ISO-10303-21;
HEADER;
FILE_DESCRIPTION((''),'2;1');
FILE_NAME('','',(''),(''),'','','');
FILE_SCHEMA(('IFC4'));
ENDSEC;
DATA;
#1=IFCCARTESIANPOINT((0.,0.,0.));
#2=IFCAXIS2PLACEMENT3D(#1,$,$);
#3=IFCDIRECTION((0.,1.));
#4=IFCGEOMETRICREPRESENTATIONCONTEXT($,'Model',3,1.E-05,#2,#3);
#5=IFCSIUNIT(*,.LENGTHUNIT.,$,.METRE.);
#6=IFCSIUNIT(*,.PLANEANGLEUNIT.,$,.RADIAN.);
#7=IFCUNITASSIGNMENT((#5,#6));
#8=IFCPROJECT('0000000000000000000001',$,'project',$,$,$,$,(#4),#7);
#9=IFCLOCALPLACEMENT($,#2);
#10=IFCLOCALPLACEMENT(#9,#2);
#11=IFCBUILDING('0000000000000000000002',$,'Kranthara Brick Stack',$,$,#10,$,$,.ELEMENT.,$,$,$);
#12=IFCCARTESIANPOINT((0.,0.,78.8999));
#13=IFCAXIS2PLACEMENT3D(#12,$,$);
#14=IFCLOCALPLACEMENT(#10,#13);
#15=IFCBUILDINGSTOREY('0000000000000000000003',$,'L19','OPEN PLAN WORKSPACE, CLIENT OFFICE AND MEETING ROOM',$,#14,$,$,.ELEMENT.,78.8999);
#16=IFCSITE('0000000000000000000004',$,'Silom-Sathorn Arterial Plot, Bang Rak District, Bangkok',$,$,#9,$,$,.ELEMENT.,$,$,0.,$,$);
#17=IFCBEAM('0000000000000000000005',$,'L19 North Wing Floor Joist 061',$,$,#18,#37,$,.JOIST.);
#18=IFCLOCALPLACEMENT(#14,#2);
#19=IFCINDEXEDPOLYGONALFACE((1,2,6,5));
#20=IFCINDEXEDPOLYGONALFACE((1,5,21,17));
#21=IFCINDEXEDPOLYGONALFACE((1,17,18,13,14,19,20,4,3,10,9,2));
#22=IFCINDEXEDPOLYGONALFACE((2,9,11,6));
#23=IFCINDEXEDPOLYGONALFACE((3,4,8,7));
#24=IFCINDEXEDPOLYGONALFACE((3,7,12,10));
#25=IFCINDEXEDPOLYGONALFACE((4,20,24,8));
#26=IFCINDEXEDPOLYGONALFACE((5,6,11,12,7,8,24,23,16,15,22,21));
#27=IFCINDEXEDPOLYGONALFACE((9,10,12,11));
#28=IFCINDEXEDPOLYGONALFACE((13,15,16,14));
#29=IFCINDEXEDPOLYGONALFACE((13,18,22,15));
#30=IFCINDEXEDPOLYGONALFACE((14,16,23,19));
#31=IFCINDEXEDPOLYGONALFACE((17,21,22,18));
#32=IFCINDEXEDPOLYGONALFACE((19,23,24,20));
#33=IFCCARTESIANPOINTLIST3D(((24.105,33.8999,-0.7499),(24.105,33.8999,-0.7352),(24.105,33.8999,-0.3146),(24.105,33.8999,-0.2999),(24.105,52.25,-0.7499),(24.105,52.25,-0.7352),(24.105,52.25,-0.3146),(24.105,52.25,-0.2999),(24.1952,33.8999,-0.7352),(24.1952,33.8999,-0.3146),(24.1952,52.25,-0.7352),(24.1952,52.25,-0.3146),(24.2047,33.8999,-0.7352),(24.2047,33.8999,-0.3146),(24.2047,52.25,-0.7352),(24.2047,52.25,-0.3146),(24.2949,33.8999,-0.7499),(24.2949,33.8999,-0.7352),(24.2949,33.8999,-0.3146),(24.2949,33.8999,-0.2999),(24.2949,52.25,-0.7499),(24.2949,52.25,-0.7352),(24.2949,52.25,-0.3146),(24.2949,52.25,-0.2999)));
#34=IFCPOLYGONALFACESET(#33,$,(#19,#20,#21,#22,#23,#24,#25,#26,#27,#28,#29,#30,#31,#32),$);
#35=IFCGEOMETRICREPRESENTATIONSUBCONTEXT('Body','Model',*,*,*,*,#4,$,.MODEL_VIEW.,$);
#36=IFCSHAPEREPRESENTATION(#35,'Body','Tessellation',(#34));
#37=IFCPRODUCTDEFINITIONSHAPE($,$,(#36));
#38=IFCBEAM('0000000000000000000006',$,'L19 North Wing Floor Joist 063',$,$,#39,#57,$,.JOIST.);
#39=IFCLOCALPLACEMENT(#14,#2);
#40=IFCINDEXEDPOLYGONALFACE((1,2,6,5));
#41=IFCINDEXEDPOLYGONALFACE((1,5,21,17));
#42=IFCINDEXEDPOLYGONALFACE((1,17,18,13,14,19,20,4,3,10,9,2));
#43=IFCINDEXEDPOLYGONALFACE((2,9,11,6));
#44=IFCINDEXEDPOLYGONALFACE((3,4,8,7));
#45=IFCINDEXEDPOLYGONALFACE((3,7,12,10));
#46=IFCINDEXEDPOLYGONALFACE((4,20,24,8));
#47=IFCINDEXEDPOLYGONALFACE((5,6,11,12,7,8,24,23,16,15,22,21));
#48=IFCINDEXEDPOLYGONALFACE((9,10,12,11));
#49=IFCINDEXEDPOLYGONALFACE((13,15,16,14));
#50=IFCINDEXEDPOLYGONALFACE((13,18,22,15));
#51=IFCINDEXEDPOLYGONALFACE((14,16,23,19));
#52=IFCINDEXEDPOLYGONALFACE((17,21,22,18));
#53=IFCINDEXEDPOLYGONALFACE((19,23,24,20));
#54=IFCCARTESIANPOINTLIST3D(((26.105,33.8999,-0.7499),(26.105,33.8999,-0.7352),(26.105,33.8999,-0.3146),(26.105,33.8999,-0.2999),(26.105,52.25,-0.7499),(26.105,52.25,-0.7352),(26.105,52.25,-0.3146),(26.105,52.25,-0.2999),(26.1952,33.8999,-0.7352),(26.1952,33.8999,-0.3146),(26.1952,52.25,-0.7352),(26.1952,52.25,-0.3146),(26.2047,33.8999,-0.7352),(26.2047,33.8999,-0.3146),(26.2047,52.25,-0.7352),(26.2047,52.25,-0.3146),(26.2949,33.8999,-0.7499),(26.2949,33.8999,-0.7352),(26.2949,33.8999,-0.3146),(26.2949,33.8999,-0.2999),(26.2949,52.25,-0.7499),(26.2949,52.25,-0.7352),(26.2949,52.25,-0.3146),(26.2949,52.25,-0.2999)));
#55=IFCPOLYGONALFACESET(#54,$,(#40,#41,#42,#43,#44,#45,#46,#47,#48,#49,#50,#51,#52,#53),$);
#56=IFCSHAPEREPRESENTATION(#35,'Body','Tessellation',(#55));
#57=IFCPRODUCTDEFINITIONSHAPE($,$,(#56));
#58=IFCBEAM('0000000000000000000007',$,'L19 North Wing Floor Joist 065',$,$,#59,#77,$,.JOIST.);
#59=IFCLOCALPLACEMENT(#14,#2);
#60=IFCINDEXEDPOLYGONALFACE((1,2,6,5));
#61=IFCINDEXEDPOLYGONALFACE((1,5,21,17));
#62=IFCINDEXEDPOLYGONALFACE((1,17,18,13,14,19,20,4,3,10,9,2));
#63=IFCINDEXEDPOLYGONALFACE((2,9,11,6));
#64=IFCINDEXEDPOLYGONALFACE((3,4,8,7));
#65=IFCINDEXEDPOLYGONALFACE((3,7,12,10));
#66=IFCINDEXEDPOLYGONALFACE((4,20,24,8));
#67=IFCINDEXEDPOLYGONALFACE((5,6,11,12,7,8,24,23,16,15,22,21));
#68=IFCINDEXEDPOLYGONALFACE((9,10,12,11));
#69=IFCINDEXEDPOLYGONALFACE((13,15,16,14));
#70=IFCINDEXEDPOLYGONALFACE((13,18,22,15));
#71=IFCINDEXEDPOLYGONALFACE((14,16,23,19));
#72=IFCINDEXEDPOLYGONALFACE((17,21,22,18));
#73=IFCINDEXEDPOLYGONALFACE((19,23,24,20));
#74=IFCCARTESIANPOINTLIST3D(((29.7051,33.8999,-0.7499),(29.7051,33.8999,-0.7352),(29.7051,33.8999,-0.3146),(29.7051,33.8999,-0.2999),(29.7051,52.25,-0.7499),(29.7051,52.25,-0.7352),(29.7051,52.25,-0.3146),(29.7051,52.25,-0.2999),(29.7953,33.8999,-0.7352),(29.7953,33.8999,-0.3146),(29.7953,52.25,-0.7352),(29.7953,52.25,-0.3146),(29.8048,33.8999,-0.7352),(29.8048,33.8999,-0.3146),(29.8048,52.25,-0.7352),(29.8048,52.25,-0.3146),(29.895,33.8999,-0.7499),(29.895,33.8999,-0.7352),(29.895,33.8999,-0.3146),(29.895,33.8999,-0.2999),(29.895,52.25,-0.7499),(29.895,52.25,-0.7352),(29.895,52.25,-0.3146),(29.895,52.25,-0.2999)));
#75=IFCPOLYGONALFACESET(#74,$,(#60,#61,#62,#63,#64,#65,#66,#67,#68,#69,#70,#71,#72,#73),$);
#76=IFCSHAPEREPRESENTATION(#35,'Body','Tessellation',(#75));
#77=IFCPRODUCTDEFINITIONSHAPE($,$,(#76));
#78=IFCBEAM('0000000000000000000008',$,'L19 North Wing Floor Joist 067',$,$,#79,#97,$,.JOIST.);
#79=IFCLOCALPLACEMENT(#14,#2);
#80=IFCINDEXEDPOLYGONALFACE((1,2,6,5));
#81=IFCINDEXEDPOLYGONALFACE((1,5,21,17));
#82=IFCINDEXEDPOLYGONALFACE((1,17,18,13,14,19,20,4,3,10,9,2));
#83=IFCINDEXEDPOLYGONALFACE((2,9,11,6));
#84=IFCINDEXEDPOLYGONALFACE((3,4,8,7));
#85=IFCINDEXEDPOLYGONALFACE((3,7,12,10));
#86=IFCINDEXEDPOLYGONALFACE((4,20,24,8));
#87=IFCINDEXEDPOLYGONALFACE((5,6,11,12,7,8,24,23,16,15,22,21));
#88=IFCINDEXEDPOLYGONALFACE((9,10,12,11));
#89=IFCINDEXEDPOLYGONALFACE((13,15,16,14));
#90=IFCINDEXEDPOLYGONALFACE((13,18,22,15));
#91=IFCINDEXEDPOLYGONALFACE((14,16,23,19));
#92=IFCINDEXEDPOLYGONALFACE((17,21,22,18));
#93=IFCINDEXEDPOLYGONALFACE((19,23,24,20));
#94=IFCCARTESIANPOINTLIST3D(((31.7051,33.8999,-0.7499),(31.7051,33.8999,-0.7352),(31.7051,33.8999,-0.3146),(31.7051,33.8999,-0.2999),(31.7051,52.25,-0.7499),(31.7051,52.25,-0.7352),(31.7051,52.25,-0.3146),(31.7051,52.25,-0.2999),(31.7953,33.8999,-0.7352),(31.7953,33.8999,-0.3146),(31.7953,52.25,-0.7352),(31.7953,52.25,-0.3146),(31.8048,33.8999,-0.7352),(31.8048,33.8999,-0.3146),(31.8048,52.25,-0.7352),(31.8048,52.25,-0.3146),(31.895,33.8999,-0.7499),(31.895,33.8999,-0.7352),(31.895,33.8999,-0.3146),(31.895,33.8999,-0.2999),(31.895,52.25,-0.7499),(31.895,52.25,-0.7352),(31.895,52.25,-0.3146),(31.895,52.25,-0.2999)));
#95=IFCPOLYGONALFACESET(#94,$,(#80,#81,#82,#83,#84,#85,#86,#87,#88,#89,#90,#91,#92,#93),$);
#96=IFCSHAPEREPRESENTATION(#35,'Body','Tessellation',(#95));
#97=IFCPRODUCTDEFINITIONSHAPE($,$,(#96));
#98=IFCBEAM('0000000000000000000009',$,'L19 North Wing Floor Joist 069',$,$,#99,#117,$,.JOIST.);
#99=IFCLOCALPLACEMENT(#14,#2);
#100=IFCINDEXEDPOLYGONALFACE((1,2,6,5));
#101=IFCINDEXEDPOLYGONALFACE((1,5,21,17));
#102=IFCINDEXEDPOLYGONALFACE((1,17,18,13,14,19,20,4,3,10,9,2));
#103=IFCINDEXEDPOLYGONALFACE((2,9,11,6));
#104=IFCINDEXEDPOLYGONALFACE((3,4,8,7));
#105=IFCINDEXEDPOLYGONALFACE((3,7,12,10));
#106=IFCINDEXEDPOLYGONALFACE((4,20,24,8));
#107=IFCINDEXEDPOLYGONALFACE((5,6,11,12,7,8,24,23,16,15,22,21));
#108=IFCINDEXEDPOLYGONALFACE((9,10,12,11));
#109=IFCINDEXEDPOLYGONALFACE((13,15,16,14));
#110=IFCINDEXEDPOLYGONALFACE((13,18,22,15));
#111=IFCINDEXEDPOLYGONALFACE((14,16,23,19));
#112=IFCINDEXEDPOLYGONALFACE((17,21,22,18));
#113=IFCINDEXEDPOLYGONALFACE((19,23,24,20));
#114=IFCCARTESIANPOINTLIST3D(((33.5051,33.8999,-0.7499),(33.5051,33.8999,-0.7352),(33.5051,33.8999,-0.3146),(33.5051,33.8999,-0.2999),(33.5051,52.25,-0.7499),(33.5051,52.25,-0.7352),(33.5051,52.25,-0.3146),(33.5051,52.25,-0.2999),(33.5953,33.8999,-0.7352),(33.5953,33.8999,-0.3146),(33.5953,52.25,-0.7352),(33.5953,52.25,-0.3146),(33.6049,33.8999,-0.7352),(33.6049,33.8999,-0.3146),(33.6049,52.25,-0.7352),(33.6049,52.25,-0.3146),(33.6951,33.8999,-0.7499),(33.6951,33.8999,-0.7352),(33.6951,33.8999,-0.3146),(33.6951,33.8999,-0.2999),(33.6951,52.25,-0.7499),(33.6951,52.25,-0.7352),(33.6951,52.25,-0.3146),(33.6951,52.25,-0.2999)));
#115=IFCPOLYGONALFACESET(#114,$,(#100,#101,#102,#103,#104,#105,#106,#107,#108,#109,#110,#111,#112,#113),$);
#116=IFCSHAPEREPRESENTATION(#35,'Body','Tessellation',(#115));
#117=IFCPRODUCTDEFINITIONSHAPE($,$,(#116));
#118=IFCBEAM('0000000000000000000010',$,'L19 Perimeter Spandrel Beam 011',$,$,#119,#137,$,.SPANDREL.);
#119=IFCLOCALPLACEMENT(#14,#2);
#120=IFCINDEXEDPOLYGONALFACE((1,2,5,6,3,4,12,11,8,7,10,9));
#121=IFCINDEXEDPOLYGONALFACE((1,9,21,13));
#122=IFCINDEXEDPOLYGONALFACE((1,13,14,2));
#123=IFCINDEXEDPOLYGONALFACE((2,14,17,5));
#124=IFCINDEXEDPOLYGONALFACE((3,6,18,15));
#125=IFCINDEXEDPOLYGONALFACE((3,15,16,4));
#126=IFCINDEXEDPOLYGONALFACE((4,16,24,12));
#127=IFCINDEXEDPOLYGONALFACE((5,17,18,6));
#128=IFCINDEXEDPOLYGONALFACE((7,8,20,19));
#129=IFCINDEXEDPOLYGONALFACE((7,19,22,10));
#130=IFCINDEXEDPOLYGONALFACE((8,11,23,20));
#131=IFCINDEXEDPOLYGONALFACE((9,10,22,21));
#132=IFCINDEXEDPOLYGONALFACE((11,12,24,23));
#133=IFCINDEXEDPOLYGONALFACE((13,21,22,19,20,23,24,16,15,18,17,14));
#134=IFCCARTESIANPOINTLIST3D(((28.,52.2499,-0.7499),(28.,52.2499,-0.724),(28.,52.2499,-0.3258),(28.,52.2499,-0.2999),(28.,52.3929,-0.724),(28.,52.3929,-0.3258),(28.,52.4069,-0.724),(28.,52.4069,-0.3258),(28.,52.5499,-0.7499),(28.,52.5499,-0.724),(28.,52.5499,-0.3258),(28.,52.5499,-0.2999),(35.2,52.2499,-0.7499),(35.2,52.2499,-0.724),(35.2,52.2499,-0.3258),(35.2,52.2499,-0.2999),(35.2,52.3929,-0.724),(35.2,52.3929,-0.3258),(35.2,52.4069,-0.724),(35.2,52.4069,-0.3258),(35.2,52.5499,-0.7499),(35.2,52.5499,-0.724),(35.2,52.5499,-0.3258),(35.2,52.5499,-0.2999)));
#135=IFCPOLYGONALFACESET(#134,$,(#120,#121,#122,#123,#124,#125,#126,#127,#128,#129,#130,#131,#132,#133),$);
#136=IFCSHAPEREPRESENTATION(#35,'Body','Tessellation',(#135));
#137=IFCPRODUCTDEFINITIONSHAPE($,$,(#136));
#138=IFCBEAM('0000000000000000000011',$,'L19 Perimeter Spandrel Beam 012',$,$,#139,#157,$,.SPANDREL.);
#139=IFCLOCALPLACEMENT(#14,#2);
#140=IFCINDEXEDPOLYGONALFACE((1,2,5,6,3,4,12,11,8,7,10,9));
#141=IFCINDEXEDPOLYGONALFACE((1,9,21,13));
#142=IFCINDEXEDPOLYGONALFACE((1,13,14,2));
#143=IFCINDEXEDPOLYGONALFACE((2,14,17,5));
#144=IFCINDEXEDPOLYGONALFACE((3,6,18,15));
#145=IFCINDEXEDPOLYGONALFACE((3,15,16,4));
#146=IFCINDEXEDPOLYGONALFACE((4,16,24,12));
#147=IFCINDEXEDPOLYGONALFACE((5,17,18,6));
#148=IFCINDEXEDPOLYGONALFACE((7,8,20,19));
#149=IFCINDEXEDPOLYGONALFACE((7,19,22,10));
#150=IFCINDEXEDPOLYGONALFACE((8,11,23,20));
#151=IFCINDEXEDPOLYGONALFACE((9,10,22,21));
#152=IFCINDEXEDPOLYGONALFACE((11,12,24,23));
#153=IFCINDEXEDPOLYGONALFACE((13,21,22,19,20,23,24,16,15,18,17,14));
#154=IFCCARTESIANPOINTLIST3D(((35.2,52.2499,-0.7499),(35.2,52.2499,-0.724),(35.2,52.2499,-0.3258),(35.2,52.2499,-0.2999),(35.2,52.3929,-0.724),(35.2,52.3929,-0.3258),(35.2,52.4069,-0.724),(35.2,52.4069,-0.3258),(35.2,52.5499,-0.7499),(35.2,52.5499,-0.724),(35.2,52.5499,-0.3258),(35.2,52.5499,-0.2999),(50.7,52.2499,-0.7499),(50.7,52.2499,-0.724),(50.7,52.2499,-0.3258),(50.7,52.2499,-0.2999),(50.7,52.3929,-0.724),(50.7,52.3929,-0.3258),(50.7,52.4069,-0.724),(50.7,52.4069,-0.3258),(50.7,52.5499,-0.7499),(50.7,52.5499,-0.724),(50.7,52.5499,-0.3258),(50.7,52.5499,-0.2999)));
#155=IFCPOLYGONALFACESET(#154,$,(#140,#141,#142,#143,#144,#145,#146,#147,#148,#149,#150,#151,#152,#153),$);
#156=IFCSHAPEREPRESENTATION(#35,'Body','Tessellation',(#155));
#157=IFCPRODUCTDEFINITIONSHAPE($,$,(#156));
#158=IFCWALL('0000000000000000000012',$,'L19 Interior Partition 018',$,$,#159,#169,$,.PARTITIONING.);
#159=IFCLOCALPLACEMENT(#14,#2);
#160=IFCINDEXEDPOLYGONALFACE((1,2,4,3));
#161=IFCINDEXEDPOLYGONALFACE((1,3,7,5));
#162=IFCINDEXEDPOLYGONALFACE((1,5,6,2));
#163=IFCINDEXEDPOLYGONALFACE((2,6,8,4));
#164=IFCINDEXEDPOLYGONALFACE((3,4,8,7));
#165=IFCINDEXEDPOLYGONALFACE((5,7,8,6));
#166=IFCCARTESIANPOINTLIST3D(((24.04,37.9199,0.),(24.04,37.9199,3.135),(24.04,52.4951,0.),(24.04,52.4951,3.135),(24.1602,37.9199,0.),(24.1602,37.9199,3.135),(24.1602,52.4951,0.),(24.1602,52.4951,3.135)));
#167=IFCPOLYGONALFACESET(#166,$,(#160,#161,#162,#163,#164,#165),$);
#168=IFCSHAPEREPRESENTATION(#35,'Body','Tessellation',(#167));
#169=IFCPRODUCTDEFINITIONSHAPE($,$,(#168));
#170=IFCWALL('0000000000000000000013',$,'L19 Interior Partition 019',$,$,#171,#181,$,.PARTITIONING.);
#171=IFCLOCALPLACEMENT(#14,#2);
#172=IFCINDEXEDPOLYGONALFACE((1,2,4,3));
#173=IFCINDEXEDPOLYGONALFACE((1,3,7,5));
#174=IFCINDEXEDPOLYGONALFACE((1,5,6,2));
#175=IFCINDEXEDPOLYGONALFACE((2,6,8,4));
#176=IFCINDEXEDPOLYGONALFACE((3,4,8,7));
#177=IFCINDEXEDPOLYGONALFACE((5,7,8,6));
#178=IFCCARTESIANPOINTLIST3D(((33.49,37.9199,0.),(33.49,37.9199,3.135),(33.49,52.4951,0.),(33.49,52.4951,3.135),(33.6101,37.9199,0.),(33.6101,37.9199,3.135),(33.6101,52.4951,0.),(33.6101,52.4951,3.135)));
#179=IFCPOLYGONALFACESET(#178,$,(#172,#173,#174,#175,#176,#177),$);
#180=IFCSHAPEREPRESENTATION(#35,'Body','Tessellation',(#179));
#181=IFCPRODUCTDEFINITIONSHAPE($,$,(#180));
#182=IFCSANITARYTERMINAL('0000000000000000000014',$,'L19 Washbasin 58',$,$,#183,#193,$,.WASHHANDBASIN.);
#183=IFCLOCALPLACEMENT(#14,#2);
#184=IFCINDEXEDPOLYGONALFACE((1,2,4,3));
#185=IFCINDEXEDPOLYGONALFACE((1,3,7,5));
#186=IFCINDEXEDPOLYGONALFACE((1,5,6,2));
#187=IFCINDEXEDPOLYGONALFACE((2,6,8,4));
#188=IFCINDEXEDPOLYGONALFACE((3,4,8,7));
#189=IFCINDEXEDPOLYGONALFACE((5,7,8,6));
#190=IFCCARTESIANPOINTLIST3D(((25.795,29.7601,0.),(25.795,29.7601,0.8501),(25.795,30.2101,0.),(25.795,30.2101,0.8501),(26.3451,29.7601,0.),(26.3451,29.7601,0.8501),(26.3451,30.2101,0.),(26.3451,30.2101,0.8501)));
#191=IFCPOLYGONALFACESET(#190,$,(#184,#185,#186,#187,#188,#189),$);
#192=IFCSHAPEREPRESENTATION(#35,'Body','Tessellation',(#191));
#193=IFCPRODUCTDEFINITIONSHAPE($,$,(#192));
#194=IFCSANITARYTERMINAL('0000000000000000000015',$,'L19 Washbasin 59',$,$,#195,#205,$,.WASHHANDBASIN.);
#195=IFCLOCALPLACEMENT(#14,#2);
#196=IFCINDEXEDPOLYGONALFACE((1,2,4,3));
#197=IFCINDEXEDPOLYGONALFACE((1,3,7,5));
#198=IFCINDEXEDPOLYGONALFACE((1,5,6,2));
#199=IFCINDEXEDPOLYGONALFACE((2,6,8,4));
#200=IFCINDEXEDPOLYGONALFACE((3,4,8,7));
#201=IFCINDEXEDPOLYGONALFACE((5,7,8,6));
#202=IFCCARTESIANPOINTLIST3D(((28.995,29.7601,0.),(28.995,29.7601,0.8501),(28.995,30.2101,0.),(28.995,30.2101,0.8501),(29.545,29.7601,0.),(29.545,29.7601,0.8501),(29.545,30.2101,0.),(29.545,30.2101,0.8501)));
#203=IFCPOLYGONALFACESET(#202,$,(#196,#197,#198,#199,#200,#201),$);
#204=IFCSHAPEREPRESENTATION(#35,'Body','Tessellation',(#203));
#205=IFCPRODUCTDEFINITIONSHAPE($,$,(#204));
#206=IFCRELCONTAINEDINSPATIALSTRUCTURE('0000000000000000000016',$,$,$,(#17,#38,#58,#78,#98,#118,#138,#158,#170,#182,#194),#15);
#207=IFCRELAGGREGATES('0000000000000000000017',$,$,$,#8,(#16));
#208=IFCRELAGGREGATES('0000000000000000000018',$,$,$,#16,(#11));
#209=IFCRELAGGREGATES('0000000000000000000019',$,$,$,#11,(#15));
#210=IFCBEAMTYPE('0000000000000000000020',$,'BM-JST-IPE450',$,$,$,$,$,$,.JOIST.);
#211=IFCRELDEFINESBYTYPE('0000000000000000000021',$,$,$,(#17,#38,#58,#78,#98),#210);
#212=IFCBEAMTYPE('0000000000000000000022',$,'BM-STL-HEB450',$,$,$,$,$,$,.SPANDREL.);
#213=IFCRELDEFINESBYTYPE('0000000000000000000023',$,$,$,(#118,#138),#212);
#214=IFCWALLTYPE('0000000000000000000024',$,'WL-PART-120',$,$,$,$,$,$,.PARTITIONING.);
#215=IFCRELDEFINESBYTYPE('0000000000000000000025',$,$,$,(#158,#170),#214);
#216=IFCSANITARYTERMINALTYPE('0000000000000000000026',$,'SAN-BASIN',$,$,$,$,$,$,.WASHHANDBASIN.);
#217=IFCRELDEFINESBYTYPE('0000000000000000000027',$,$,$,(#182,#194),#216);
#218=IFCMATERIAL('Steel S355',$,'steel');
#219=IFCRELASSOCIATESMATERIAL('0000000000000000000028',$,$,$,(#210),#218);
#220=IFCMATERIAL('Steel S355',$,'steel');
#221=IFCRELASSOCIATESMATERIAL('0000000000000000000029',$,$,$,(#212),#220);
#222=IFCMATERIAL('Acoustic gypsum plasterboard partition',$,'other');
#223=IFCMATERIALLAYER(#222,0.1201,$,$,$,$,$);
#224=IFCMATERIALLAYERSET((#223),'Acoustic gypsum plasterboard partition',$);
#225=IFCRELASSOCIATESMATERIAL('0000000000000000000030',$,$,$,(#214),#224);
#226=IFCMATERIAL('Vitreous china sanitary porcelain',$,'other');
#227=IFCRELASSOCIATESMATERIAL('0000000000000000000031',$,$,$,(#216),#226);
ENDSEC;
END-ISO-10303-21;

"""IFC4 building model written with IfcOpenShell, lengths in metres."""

from ifc_helpers import new_model, si_unit, direction, frame, frame_2d, origin, origin_2d, place, context, subcontext, project, spatial, rectangle, i_section, extrude, material, layer, layer_set, material_profile, profile_set, type_object, element, save


model = new_model("IFC4")

# Units and contexts
model_context = context("Model", 3, precision=1e-05, world=origin(), true_north=direction((0.0, 1.0)))
body_context = subcontext(model_context, "Body", "Model", "MODEL_VIEW")
ifc_project = project(units=[si_unit("LENGTHUNIT", "METRE"), si_unit("PLANEANGLEUNIT", "RADIAN")], contexts=[model_context])

# Site, building, storey
site_placement = place(None, origin())
site = spatial("IfcSite", under=ifc_project, at=site_placement, Name="Silom-Sathorn Arterial Plot, Bang Rak District, Bangkok", CompositionType="ELEMENT", RefElevation=0.0)
building_placement = place(site_placement, origin())
building = spatial("IfcBuilding", under=site, at=building_placement, Name="Kranthara Brick Stack", CompositionType="ELEMENT")
storey_placement = place(building_placement, frame((0.0, 0.0, 78.8999)))
storey = spatial("IfcBuildingStorey", under=building, at=storey_placement, Name="L19", Description="OPEN PLAN WORKSPACE, CLIENT OFFICE AND MEETING ROOM", CompositionType="ELEMENT", Elevation=78.8999)

# Beams
ifc_material_1 = material(Name="Steel S355", Category="steel")
ifc_material_profile_1 = material_profile(ifc_material_1, i_section(OverallWidth=0.1899, OverallDepth=0.45, WebThickness=0.0095, FlangeThickness=0.0146, at=origin_2d()), Name="IPE 450")
ifc_profile_set_1 = profile_set([ifc_material_profile_1], Name="Steel S355")
beam_type_1 = type_object("IfcBeamType", Name="BM-JST-IPE450", PredefinedType="JOIST", material=ifc_profile_set_1)
for number, where, z_axis, x_axis, name in (
    (1, (24.2, 33.8999, -0.5249), (0.0, 1.0, 0.0), (-1.0, 0.0, 0.0), "L19 North Wing Floor Joist 061"),
    (2, (26.2, 33.8999, -0.5249), (0.0, 1.0, 0.0), (-1.0, 0.0, 0.0), "L19 North Wing Floor Joist 063"),
    (3, (29.8, 33.8999, -0.5249), (0.0, 1.0, 0.0), (-1.0, 0.0, 0.0), "L19 North Wing Floor Joist 065"),
    (4, (31.8, 33.8999, -0.5249), (0.0, 1.0, 0.0), (-1.0, 0.0, 0.0), "L19 North Wing Floor Joist 067"),
    (5, (33.6001, 33.8999, -0.5249), (0.0, 1.0, 0.0), (-1.0, 0.0, 0.0), "L19 North Wing Floor Joist 069"),
):
    element("IfcBeam", number, at=place(storey_placement, frame(where, z_axis=z_axis, x_axis=x_axis)), inside=storey, type_object=beam_type_1, Name=name, PredefinedType="JOIST", context=body_context, shape_type="SweptSolid", body=[
        extrude(i_section(OverallWidth=0.1899, OverallDepth=0.45, WebThickness=0.0095, FlangeThickness=0.0146, at=origin_2d()), origin(), (0.0, 0.0, 1.0), 18.3501),
    ])
ifc_material_2 = material(Name="Steel S355", Category="steel")
ifc_material_profile_2 = material_profile(ifc_material_2, i_section(OverallWidth=0.3, OverallDepth=0.45, WebThickness=0.0139, FlangeThickness=0.0259, at=origin_2d()), Name="HEB 450")
ifc_profile_set_2 = profile_set([ifc_material_profile_2], Name="Steel S355")
beam_type_2 = type_object("IfcBeamType", Name="BM-STL-HEB450", PredefinedType="SPANDREL", material=ifc_profile_set_2)
beam_1_placement = place(storey_placement, frame((28.0, 52.3999, -0.5249), z_axis=(1.0, 0.0, 0.0), x_axis=(0.0, 1.0, 0.0)))
element("IfcBeam", 6, at=beam_1_placement, inside=storey, type_object=beam_type_2, Name="L19 Perimeter Spandrel Beam 011", PredefinedType="SPANDREL", context=body_context, shape_type="SweptSolid", body=[
    extrude(i_section(OverallWidth=0.3, OverallDepth=0.45, WebThickness=0.0139, FlangeThickness=0.0259, at=origin_2d()), origin(), (0.0, 0.0, 1.0), 7.2),
])
beam_2_placement = place(storey_placement, frame((35.2, 52.3999, -0.5249), z_axis=(1.0, 0.0, 0.0), x_axis=(0.0, 1.0, 0.0)))
element("IfcBeam", 7, at=beam_2_placement, inside=storey, type_object=beam_type_2, Name="L19 Perimeter Spandrel Beam 012", PredefinedType="SPANDREL", context=body_context, shape_type="SweptSolid", body=[
    extrude(i_section(OverallWidth=0.3, OverallDepth=0.45, WebThickness=0.0139, FlangeThickness=0.0259, at=origin_2d()), origin(), (0.0, 0.0, 1.0), 15.5),
])

# Walls
ifc_material_3 = material(Name="Acoustic gypsum plasterboard partition", Category="other")
ifc_layer = layer(ifc_material_3, 0.1201)
ifc_layer_set = layer_set([ifc_layer], Name="Acoustic gypsum plasterboard partition")
wall_type = type_object("IfcWallType", Name="WL-PART-120", PredefinedType="PARTITIONING", material=ifc_layer_set)
for number, where, z_axis, x_axis, name in (
    (8, (24.1001, 37.9199, 0.0), (0.0, 0.0, 1.0), (0.0, 1.0, 0.0), "L19 Interior Partition 018"),
    (9, (33.55, 37.9199, 0.0), (0.0, 0.0, 1.0), (0.0, 1.0, 0.0), "L19 Interior Partition 019"),
):
    element("IfcWall", number, at=place(storey_placement, frame(where, z_axis=z_axis, x_axis=x_axis)), inside=storey, type_object=wall_type, Name=name, PredefinedType="PARTITIONING", context=body_context, shape_type="SweptSolid", body=[
        extrude(rectangle(XDim=14.5752, YDim=0.1201, at=frame_2d((7.2876, 0.0))), origin(), (0.0, 0.0, 1.0), 3.135),
    ])

# Sanitary terminals
ifc_material_4 = material(Name="Vitreous china sanitary porcelain", Category="other")
sanitary_terminal_type_1 = type_object("IfcSanitaryTerminalType", Name="SAN-BASIN", PredefinedType="WASHHANDBASIN", material=ifc_material_4)
for number, where, z_axis, x_axis, name in (
    (10, (26.0701, 29.9851, 0.0), (0.0, 0.0, 1.0), (1.0, 0.0, 0.0), "L19 Washbasin 58"),
    (11, (29.27, 29.9851, 0.0), (0.0, 0.0, 1.0), (1.0, 0.0, 0.0), "L19 Washbasin 59"),
):
    element("IfcSanitaryTerminal", number, at=place(storey_placement, frame(where, z_axis=z_axis, x_axis=x_axis)), inside=storey, type_object=sanitary_terminal_type_1, Name=name, PredefinedType="WASHHANDBASIN", context=body_context, shape_type="SweptSolid", body=[
        extrude(rectangle(XDim=0.55, YDim=0.45, at=origin_2d()), origin(), (0.0, 0.0, 1.0), 0.8501),
    ])

save(model, "model.ifc")
